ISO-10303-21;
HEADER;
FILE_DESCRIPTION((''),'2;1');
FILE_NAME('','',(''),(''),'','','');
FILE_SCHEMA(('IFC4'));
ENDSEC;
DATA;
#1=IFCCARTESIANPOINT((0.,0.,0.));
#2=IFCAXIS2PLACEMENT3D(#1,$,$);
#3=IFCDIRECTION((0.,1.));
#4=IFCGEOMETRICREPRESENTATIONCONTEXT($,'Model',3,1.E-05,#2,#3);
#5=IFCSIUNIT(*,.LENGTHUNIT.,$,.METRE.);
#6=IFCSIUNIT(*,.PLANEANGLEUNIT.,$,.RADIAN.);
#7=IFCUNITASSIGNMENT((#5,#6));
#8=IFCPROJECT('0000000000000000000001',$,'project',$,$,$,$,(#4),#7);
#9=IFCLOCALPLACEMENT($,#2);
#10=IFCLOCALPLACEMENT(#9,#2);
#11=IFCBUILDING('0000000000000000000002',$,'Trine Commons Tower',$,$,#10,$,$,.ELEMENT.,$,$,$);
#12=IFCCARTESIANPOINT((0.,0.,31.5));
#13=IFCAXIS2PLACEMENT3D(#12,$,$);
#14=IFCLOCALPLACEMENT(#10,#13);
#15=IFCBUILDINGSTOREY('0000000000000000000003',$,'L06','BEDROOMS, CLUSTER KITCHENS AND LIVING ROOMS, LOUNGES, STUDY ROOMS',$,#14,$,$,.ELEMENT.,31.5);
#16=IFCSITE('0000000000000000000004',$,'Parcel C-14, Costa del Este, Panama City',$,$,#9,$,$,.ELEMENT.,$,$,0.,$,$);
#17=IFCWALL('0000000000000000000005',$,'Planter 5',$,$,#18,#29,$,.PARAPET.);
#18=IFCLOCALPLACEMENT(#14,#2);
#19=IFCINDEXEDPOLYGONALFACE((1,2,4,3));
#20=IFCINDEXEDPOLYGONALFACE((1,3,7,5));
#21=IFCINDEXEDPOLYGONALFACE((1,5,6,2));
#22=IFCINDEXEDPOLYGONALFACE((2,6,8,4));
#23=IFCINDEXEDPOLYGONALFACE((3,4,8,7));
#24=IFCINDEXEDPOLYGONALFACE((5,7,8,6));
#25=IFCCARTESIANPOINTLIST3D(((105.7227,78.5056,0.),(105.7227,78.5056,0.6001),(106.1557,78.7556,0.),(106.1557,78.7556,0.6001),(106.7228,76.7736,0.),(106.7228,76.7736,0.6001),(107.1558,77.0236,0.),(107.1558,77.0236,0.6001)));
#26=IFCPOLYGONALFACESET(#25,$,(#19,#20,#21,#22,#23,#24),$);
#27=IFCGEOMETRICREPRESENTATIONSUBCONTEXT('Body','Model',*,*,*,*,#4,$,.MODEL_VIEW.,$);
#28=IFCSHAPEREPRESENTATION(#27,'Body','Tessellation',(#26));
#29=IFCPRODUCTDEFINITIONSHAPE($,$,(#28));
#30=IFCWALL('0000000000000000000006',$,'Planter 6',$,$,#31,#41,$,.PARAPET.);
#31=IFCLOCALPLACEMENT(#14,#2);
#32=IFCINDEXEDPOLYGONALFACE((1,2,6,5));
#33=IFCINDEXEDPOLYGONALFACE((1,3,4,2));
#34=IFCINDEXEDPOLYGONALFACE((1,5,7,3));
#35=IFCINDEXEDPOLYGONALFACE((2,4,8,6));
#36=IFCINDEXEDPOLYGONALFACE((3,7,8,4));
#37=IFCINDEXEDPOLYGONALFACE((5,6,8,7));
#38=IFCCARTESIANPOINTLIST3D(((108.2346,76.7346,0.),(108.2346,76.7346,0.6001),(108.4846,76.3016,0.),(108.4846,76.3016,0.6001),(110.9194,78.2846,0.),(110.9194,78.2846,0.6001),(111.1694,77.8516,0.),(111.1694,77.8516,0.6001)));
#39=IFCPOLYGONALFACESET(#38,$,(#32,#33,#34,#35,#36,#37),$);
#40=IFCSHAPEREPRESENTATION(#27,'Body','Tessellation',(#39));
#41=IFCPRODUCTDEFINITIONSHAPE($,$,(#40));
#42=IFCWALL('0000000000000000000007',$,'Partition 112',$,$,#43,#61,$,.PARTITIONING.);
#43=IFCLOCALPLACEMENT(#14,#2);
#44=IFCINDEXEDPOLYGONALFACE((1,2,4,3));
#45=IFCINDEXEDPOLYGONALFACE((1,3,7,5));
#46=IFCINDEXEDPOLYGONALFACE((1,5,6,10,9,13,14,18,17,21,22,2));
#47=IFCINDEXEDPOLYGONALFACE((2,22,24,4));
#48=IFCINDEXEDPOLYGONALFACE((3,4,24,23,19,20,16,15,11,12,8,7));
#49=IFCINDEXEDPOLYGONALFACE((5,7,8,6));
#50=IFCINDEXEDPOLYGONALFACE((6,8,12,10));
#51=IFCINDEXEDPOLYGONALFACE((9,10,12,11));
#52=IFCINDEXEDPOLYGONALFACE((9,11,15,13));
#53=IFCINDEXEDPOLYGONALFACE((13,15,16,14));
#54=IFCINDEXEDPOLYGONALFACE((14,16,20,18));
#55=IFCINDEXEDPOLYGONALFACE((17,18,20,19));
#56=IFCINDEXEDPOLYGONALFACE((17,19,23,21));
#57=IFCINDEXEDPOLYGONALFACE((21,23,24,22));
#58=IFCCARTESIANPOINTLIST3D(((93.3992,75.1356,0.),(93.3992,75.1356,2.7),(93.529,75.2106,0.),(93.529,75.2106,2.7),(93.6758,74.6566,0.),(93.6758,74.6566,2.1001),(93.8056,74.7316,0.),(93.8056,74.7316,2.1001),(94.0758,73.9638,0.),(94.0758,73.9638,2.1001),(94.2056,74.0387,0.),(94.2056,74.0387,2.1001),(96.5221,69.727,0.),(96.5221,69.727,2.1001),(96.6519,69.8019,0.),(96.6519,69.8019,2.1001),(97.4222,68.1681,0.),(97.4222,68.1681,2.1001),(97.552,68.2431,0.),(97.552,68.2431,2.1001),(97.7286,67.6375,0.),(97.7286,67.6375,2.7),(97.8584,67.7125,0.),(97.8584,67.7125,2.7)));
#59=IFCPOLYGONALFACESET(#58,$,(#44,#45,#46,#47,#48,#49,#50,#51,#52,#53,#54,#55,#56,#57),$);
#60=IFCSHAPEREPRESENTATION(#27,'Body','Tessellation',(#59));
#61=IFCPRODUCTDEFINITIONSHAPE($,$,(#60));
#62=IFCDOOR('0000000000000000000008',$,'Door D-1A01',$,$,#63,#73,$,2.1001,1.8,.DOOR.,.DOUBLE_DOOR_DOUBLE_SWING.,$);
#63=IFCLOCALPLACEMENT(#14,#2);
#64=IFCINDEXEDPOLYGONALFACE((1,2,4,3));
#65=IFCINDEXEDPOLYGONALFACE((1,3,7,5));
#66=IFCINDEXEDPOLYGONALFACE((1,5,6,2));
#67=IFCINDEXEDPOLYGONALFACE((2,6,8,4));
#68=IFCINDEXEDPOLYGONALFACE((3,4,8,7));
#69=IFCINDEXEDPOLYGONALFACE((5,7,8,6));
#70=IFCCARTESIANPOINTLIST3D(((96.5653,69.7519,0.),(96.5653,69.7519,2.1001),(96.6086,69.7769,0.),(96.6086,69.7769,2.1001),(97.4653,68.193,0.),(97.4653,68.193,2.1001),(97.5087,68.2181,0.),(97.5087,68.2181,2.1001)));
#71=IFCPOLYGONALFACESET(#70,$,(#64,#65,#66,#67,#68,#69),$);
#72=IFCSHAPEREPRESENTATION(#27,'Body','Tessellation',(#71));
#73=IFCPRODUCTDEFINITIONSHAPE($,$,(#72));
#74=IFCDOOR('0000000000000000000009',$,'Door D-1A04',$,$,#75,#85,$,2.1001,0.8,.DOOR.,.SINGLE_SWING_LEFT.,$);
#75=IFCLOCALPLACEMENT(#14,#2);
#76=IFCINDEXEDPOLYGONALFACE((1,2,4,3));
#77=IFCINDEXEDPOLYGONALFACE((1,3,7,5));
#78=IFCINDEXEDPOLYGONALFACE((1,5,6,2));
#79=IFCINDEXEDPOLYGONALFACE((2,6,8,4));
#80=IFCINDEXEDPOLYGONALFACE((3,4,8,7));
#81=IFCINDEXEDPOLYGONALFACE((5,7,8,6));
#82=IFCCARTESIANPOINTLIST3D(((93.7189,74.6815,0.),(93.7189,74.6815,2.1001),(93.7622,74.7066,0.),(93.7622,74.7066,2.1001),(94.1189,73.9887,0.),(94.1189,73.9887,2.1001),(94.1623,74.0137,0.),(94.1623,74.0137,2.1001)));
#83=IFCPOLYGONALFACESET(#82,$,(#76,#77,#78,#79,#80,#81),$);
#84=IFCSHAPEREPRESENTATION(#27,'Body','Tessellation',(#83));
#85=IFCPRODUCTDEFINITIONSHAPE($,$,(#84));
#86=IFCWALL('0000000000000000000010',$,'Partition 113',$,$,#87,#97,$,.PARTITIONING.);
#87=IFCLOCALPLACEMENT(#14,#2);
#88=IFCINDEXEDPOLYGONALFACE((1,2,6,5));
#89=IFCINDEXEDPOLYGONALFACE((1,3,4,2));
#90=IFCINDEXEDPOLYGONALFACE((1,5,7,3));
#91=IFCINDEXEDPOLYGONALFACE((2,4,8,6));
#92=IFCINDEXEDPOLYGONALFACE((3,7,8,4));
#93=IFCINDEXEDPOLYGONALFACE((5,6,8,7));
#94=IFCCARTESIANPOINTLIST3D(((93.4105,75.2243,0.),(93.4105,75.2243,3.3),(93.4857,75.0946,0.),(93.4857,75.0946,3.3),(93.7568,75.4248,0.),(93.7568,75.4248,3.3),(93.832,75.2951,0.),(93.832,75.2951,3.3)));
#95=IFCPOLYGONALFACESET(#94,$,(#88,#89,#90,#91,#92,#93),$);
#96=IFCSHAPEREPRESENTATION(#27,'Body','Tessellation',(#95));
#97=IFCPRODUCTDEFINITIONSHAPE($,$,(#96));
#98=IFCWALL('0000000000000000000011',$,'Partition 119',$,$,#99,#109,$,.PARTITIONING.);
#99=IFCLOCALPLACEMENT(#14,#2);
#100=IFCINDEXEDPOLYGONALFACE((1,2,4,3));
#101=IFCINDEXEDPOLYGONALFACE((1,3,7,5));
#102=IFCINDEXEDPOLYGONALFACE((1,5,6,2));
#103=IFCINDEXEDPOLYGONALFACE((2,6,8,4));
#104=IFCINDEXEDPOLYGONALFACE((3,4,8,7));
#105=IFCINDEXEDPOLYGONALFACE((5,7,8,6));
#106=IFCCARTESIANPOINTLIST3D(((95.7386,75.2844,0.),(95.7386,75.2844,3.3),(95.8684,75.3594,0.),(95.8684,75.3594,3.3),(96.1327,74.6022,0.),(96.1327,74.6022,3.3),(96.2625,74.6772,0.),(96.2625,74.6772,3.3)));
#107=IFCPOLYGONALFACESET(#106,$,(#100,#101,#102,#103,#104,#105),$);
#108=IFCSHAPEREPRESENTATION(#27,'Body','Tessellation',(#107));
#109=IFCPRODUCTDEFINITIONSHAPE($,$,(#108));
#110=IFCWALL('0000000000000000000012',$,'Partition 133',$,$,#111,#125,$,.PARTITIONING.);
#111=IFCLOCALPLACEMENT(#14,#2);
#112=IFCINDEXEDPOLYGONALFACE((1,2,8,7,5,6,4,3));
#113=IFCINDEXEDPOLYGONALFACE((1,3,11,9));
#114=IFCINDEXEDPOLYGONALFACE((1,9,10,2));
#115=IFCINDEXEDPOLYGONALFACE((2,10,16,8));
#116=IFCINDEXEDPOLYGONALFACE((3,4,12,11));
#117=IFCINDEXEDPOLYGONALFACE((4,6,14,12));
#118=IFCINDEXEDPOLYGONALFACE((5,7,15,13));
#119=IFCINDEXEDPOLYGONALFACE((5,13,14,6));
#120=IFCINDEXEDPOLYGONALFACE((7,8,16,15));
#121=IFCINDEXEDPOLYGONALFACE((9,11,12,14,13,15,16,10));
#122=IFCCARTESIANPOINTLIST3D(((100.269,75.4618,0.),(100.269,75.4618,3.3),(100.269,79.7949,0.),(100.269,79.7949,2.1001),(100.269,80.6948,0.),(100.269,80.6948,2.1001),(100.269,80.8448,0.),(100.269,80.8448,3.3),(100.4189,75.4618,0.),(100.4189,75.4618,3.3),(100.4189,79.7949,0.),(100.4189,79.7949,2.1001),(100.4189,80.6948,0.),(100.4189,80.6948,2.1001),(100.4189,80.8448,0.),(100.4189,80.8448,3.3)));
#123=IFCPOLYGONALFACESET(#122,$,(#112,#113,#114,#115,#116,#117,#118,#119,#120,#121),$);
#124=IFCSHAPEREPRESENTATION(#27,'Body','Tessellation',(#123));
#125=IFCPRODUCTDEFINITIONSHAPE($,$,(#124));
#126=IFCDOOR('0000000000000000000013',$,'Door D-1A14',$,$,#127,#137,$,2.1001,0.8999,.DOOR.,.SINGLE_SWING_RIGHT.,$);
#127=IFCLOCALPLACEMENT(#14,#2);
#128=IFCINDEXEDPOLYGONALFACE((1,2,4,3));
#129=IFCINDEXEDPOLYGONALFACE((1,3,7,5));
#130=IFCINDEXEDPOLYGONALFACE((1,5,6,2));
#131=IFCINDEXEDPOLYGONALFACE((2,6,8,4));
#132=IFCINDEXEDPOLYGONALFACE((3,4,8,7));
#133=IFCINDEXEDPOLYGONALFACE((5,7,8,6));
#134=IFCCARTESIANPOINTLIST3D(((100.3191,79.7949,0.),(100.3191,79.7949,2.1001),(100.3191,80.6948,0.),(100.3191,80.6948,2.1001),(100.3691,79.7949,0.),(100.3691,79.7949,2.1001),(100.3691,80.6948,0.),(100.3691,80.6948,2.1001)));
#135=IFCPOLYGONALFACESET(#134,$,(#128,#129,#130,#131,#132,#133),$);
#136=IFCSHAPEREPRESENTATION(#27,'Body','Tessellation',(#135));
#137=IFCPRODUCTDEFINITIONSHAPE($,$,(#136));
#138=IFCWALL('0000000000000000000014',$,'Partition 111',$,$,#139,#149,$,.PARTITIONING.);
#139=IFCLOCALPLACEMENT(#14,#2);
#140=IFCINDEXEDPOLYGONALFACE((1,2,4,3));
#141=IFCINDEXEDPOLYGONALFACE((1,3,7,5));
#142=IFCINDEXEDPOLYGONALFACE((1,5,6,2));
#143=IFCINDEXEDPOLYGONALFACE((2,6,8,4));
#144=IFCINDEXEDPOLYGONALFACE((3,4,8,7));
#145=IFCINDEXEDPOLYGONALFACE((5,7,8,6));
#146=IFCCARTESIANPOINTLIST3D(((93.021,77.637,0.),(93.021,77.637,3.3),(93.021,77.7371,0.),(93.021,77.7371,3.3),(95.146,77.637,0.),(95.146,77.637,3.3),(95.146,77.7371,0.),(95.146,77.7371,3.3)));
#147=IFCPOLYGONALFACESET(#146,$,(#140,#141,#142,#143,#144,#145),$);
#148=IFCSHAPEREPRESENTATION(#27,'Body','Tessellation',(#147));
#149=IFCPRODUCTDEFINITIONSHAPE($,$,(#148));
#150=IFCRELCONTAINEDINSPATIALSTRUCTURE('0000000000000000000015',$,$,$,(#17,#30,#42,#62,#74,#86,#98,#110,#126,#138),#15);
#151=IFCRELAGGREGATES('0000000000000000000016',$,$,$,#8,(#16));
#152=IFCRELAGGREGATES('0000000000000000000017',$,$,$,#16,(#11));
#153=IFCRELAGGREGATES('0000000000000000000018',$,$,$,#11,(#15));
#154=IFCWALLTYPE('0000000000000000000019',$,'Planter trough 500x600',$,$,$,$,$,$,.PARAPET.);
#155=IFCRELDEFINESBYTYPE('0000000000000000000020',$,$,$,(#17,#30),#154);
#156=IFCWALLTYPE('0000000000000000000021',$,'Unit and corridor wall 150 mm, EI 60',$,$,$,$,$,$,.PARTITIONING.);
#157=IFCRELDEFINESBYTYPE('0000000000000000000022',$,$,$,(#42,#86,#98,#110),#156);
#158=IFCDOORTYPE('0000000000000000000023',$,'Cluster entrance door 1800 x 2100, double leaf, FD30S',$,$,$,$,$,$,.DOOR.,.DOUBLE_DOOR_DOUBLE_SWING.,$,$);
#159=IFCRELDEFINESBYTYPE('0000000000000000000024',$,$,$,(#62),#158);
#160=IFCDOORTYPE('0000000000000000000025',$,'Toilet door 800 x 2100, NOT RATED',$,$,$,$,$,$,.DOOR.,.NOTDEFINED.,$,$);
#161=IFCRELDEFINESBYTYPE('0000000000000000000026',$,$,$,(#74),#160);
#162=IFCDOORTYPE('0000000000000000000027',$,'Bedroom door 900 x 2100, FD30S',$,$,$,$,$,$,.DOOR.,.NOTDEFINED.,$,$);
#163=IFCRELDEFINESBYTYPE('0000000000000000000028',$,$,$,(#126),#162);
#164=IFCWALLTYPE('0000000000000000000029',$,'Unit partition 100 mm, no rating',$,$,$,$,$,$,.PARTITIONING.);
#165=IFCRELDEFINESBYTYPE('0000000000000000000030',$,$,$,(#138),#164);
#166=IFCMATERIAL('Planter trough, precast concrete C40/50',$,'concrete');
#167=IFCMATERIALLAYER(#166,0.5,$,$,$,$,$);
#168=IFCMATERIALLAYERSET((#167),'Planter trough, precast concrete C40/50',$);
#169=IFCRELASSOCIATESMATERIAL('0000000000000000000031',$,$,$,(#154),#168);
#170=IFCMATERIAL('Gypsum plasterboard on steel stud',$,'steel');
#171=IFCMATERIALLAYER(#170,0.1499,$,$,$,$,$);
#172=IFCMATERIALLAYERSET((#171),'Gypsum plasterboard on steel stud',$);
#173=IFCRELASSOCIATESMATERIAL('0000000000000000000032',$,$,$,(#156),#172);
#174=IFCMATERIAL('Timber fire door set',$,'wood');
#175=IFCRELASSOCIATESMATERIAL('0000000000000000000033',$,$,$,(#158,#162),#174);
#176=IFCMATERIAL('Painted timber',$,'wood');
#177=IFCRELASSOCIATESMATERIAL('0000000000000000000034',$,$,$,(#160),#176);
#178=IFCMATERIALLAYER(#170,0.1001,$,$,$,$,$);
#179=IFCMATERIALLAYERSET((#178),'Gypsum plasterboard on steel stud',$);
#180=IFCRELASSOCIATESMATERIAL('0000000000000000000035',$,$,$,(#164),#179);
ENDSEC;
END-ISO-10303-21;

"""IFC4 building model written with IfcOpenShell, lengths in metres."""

from ifc_helpers import new_model, si_unit, direction, frame, frame_2d, origin, place, context, subcontext, project, spatial, rectangle, extrude, material, layer, layer_set, type_object, element, fill, save


model = new_model("IFC4")

# Units and contexts
model_context = context("Model", 3, precision=1e-05, world=origin(), true_north=direction((0.0, 1.0)))
body_context = subcontext(model_context, "Body", "Model", "MODEL_VIEW")
ifc_project = project(units=[si_unit("LENGTHUNIT", "METRE"), si_unit("PLANEANGLEUNIT", "RADIAN")], contexts=[model_context])

# Site, building, storey
site_placement = place(None, origin())
site = spatial("IfcSite", under=ifc_project, at=site_placement, Name="Parcel C-14, Costa del Este, Panama City", CompositionType="ELEMENT", RefElevation=0.0)
building_placement = place(site_placement, origin())
building = spatial("IfcBuilding", under=site, at=building_placement, Name="Trine Commons Tower", CompositionType="ELEMENT")
storey_placement = place(building_placement, frame((0.0, 0.0, 31.5)))
storey = spatial("IfcBuildingStorey", under=building, at=storey_placement, Name="L06", Description="BEDROOMS, CLUSTER KITCHENS AND LIVING ROOMS, LOUNGES, STUDY ROOMS", CompositionType="ELEMENT", Elevation=31.5)

# Walls
ifc_material_1 = material(Name="Planter trough, precast concrete C40/50", Category="concrete")
ifc_layer_1 = layer(ifc_material_1, 0.5)
ifc_layer_set_1 = layer_set([ifc_layer_1], Name="Planter trough, precast concrete C40/50")
wall_type_1 = type_object("IfcWallType", Name="Planter trough 500x600", PredefinedType="PARAPET", material=ifc_layer_set_1)
wall_1_placement = place(storey_placement, frame((105.9392, 78.6306, 0.0), z_axis=(0.0, 0.0, 1.0), x_axis=(0.500025, -0.866011, 0.0)))
element("IfcWall", 1, at=wall_1_placement, inside=storey, type_object=wall_type_1, Name="Planter 5", PredefinedType="PARAPET", context=body_context, shape_type="SweptSolid", body=[
    extrude(rectangle(XDim=2.0, YDim=0.5, at=frame_2d((1.0, 0.0))), origin(), (0.0, 0.0, 1.0), 0.6001),
])
wall_2_placement = place(storey_placement, frame((108.3596, 76.5181, 0.0), z_axis=(0.0, 0.0, 1.0), x_axis=(0.86603, 0.499993, 0.0)))
element("IfcWall", 2, at=wall_2_placement, inside=storey, type_object=wall_type_1, Name="Planter 6", PredefinedType="PARAPET", context=body_context, shape_type="SweptSolid", body=[
    extrude(rectangle(XDim=3.1001, YDim=0.5, at=frame_2d((1.55, 0.0))), origin(), (0.0, 0.0, 1.0), 0.6001),
])

# Wall, openings, doors
ifc_material_2 = material(Name="Gypsum plasterboard on steel stud", Category="steel")
ifc_layer_2 = layer(ifc_material_2, 0.1499)
ifc_layer_set_2 = layer_set([ifc_layer_2], Name="Gypsum plasterboard on steel stud")
wall_type_2 = type_object("IfcWallType", Name="Unit and corridor wall 150 mm, EI 60", PredefinedType="PARTITIONING", material=ifc_layer_set_2)
wall_3_placement = place(storey_placement, frame((93.4641, 75.1731, 0.0), z_axis=(0.0, 0.0, 1.0), x_axis=(0.50003, -0.866008, 0.0)))
wall_3 = element("IfcWall", 3, at=wall_3_placement, inside=storey, type_object=wall_type_2, Name="Partition 112", PredefinedType="PARTITIONING", context=body_context, shape_type="SweptSolid", body=[
    extrude(rectangle(XDim=8.6582, YDim=0.1499, at=frame_2d((4.3291, 0.0))), origin(), (0.0, 0.0, 1.0), 2.7),
])
opening_1_placement = place(wall_3_placement, frame((6.2456, 0.0, 0.0)))
opening_1 = element("IfcOpeningElement", 4, at=opening_1_placement, cuts=wall_3, PredefinedType="OPENING", context=body_context, shape_type="SweptSolid", body=[
    extrude(rectangle(XDim=1.8, YDim=2.1001, at=frame_2d((0.8999, 1.05))), frame((0.0, 0.085, 0.0), z_axis=(0.0, -1.0, 0.0), x_axis=(1.0, 0.0, 0.0)), (0.0, 0.0, 1.0), 0.1699),
])
opening_2_placement = place(wall_3_placement, frame((0.5532, 0.0, 0.0)))
opening_2 = element("IfcOpeningElement", 5, at=opening_2_placement, cuts=wall_3, PredefinedType="OPENING", context=body_context, shape_type="SweptSolid", body=[
    extrude(rectangle(XDim=0.8, YDim=2.1001, at=frame_2d((0.3999, 1.05))), frame((0.0, 0.085, 0.0), z_axis=(0.0, -1.0, 0.0), x_axis=(1.0, 0.0, 0.0)), (0.0, 0.0, 1.0), 0.1699),
])
ifc_material_3 = material(Name="Timber fire door set", Category="wood")
door_type_1 = type_object("IfcDoorType", Name="Cluster entrance door 1800 x 2100, double leaf, FD30S", OperationType="DOUBLE_DOOR_DOUBLE_SWING", PredefinedType="DOOR", material=ifc_material_3)
door_1_placement = place(opening_1_placement, origin())
door_1 = element("IfcDoor", 6, at=door_1_placement, inside=storey, type_object=door_type_1, Name="Door D-1A01", OperationType="DOUBLE_DOOR_DOUBLE_SWING", OverallHeight=2.1001, OverallWidth=1.8, PredefinedType="DOOR", context=body_context, shape_type="SweptSolid", body=[
    extrude(rectangle(XDim=1.8, YDim=2.1001, at=frame_2d((0.8999, 1.05))), frame((0.0, 0.0249, 0.0), z_axis=(0.0, -1.0, 0.0), x_axis=(1.0, 0.0, 0.0)), (0.0, 0.0, 1.0), 0.05),
])
fill(opening_1, door_1)
ifc_material_4 = material(Name="Painted timber", Category="wood")
door_type_2 = type_object("IfcDoorType", Name="Toilet door 800 x 2100, NOT RATED", OperationType="NOTDEFINED", PredefinedType="DOOR", material=ifc_material_4)
door_2_placement = place(opening_2_placement, origin())
door_2 = element("IfcDoor", 7, at=door_2_placement, inside=storey, type_object=door_type_2, Name="Door D-1A04", OperationType="SINGLE_SWING_LEFT", OverallHeight=2.1001, OverallWidth=0.8, PredefinedType="DOOR", context=body_context, shape_type="SweptSolid", body=[
    extrude(rectangle(XDim=0.8, YDim=2.1001, at=frame_2d((0.3999, 1.05))), frame((0.0, 0.0249, 0.0), z_axis=(0.0, -1.0, 0.0), x_axis=(1.0, 0.0, 0.0)), (0.0, 0.0, 1.0), 0.05),
])
fill(opening_2, door_2)

# Walls
wall_4_placement = place(storey_placement, frame((93.448, 75.1594, 0.0), z_axis=(0.0, 0.0, 1.0), x_axis=(0.865412, 0.50106, 0.0)))
element("IfcWall", 8, at=wall_4_placement, inside=storey, type_object=wall_type_2, Name="Partition 113", PredefinedType="PARTITIONING", context=body_context, shape_type="SweptSolid", body=[
    extrude(rectangle(XDim=0.4001, YDim=0.1499, at=frame_2d((0.2002, 0.0))), origin(), (0.0, 0.0, 1.0), 3.3),
])
wall_5_placement = place(storey_placement, frame((95.8035, 75.322, 0.0), z_axis=(0.0, 0.0, 1.0), x_axis=(0.500205, -0.865907, 0.0)))
element("IfcWall", 9, at=wall_5_placement, inside=storey, type_object=wall_type_2, Name="Partition 119", PredefinedType="PARTITIONING", context=body_context, shape_type="SweptSolid", body=[
    extrude(rectangle(XDim=0.7878, YDim=0.1499, at=frame_2d((0.394, 0.0))), origin(), (0.0, 0.0, 1.0), 3.3),
])

# Wall, opening, door
wall_6_placement = place(storey_placement, frame((100.344, 75.4619, 0.0), z_axis=(0.0, 0.0, 1.0), x_axis=(0.0, 1.0, 0.0)))
wall_6 = element("IfcWall", 10, at=wall_6_placement, inside=storey, type_object=wall_type_2, Name="Partition 133", PredefinedType="PARTITIONING", context=body_context, shape_type="SweptSolid", body=[
    extrude(rectangle(XDim=5.3831, YDim=0.1499, at=frame_2d((2.6914, 0.0))), origin(), (0.0, 0.0, 1.0), 3.3),
])
opening_3_placement = place(wall_6_placement, frame((4.333, 0.0, 0.0)))
opening_3 = element("IfcOpeningElement", 11, at=opening_3_placement, cuts=wall_6, PredefinedType="OPENING", context=body_context, shape_type="SweptSolid", body=[
    extrude(rectangle(XDim=0.8999, YDim=2.1001, at=frame_2d((0.45, 1.05))), frame((0.0, 0.085, 0.0), z_axis=(0.0, -1.0, 0.0), x_axis=(1.0, 0.0, 0.0)), (0.0, 0.0, 1.0), 0.1699),
])
door_type_3 = type_object("IfcDoorType", Name="Bedroom door 900 x 2100, FD30S", OperationType="NOTDEFINED", PredefinedType="DOOR", material=ifc_material_3)
door_3_placement = place(opening_3_placement, origin())
door_3 = element("IfcDoor", 12, at=door_3_placement, inside=storey, type_object=door_type_3, Name="Door D-1A14", OperationType="SINGLE_SWING_RIGHT", OverallHeight=2.1001, OverallWidth=0.8999, PredefinedType="DOOR", context=body_context, shape_type="SweptSolid", body=[
    extrude(rectangle(XDim=0.8999, YDim=2.1001, at=frame_2d((0.45, 1.05))), frame((0.0, 0.0249, 0.0), z_axis=(0.0, -1.0, 0.0), x_axis=(1.0, 0.0, 0.0)), (0.0, 0.0, 1.0), 0.05),
])
fill(opening_3, door_3)

# Wall
ifc_layer_3 = layer(ifc_material_2, 0.1001)
ifc_layer_set_3 = layer_set([ifc_layer_3], Name="Gypsum plasterboard on steel stud")
wall_type_3 = type_object("IfcWallType", Name="Unit partition 100 mm, no rating", PredefinedType="PARTITIONING", material=ifc_layer_set_3)
wall_7_placement = place(storey_placement, frame((93.021, 77.687, 0.0), z_axis=(0.0, 0.0, 1.0), x_axis=(1.0, 0.0, 0.0)))
element("IfcWall", 13, at=wall_7_placement, inside=storey, type_object=wall_type_3, Name="Partition 111", PredefinedType="PARTITIONING", context=body_context, shape_type="SweptSolid", body=[
    extrude(rectangle(XDim=2.125, YDim=0.1001, at=frame_2d((1.0625, 0.0))), origin(), (0.0, 0.0, 1.0), 3.3),
])

save(model, "model.ifc")
